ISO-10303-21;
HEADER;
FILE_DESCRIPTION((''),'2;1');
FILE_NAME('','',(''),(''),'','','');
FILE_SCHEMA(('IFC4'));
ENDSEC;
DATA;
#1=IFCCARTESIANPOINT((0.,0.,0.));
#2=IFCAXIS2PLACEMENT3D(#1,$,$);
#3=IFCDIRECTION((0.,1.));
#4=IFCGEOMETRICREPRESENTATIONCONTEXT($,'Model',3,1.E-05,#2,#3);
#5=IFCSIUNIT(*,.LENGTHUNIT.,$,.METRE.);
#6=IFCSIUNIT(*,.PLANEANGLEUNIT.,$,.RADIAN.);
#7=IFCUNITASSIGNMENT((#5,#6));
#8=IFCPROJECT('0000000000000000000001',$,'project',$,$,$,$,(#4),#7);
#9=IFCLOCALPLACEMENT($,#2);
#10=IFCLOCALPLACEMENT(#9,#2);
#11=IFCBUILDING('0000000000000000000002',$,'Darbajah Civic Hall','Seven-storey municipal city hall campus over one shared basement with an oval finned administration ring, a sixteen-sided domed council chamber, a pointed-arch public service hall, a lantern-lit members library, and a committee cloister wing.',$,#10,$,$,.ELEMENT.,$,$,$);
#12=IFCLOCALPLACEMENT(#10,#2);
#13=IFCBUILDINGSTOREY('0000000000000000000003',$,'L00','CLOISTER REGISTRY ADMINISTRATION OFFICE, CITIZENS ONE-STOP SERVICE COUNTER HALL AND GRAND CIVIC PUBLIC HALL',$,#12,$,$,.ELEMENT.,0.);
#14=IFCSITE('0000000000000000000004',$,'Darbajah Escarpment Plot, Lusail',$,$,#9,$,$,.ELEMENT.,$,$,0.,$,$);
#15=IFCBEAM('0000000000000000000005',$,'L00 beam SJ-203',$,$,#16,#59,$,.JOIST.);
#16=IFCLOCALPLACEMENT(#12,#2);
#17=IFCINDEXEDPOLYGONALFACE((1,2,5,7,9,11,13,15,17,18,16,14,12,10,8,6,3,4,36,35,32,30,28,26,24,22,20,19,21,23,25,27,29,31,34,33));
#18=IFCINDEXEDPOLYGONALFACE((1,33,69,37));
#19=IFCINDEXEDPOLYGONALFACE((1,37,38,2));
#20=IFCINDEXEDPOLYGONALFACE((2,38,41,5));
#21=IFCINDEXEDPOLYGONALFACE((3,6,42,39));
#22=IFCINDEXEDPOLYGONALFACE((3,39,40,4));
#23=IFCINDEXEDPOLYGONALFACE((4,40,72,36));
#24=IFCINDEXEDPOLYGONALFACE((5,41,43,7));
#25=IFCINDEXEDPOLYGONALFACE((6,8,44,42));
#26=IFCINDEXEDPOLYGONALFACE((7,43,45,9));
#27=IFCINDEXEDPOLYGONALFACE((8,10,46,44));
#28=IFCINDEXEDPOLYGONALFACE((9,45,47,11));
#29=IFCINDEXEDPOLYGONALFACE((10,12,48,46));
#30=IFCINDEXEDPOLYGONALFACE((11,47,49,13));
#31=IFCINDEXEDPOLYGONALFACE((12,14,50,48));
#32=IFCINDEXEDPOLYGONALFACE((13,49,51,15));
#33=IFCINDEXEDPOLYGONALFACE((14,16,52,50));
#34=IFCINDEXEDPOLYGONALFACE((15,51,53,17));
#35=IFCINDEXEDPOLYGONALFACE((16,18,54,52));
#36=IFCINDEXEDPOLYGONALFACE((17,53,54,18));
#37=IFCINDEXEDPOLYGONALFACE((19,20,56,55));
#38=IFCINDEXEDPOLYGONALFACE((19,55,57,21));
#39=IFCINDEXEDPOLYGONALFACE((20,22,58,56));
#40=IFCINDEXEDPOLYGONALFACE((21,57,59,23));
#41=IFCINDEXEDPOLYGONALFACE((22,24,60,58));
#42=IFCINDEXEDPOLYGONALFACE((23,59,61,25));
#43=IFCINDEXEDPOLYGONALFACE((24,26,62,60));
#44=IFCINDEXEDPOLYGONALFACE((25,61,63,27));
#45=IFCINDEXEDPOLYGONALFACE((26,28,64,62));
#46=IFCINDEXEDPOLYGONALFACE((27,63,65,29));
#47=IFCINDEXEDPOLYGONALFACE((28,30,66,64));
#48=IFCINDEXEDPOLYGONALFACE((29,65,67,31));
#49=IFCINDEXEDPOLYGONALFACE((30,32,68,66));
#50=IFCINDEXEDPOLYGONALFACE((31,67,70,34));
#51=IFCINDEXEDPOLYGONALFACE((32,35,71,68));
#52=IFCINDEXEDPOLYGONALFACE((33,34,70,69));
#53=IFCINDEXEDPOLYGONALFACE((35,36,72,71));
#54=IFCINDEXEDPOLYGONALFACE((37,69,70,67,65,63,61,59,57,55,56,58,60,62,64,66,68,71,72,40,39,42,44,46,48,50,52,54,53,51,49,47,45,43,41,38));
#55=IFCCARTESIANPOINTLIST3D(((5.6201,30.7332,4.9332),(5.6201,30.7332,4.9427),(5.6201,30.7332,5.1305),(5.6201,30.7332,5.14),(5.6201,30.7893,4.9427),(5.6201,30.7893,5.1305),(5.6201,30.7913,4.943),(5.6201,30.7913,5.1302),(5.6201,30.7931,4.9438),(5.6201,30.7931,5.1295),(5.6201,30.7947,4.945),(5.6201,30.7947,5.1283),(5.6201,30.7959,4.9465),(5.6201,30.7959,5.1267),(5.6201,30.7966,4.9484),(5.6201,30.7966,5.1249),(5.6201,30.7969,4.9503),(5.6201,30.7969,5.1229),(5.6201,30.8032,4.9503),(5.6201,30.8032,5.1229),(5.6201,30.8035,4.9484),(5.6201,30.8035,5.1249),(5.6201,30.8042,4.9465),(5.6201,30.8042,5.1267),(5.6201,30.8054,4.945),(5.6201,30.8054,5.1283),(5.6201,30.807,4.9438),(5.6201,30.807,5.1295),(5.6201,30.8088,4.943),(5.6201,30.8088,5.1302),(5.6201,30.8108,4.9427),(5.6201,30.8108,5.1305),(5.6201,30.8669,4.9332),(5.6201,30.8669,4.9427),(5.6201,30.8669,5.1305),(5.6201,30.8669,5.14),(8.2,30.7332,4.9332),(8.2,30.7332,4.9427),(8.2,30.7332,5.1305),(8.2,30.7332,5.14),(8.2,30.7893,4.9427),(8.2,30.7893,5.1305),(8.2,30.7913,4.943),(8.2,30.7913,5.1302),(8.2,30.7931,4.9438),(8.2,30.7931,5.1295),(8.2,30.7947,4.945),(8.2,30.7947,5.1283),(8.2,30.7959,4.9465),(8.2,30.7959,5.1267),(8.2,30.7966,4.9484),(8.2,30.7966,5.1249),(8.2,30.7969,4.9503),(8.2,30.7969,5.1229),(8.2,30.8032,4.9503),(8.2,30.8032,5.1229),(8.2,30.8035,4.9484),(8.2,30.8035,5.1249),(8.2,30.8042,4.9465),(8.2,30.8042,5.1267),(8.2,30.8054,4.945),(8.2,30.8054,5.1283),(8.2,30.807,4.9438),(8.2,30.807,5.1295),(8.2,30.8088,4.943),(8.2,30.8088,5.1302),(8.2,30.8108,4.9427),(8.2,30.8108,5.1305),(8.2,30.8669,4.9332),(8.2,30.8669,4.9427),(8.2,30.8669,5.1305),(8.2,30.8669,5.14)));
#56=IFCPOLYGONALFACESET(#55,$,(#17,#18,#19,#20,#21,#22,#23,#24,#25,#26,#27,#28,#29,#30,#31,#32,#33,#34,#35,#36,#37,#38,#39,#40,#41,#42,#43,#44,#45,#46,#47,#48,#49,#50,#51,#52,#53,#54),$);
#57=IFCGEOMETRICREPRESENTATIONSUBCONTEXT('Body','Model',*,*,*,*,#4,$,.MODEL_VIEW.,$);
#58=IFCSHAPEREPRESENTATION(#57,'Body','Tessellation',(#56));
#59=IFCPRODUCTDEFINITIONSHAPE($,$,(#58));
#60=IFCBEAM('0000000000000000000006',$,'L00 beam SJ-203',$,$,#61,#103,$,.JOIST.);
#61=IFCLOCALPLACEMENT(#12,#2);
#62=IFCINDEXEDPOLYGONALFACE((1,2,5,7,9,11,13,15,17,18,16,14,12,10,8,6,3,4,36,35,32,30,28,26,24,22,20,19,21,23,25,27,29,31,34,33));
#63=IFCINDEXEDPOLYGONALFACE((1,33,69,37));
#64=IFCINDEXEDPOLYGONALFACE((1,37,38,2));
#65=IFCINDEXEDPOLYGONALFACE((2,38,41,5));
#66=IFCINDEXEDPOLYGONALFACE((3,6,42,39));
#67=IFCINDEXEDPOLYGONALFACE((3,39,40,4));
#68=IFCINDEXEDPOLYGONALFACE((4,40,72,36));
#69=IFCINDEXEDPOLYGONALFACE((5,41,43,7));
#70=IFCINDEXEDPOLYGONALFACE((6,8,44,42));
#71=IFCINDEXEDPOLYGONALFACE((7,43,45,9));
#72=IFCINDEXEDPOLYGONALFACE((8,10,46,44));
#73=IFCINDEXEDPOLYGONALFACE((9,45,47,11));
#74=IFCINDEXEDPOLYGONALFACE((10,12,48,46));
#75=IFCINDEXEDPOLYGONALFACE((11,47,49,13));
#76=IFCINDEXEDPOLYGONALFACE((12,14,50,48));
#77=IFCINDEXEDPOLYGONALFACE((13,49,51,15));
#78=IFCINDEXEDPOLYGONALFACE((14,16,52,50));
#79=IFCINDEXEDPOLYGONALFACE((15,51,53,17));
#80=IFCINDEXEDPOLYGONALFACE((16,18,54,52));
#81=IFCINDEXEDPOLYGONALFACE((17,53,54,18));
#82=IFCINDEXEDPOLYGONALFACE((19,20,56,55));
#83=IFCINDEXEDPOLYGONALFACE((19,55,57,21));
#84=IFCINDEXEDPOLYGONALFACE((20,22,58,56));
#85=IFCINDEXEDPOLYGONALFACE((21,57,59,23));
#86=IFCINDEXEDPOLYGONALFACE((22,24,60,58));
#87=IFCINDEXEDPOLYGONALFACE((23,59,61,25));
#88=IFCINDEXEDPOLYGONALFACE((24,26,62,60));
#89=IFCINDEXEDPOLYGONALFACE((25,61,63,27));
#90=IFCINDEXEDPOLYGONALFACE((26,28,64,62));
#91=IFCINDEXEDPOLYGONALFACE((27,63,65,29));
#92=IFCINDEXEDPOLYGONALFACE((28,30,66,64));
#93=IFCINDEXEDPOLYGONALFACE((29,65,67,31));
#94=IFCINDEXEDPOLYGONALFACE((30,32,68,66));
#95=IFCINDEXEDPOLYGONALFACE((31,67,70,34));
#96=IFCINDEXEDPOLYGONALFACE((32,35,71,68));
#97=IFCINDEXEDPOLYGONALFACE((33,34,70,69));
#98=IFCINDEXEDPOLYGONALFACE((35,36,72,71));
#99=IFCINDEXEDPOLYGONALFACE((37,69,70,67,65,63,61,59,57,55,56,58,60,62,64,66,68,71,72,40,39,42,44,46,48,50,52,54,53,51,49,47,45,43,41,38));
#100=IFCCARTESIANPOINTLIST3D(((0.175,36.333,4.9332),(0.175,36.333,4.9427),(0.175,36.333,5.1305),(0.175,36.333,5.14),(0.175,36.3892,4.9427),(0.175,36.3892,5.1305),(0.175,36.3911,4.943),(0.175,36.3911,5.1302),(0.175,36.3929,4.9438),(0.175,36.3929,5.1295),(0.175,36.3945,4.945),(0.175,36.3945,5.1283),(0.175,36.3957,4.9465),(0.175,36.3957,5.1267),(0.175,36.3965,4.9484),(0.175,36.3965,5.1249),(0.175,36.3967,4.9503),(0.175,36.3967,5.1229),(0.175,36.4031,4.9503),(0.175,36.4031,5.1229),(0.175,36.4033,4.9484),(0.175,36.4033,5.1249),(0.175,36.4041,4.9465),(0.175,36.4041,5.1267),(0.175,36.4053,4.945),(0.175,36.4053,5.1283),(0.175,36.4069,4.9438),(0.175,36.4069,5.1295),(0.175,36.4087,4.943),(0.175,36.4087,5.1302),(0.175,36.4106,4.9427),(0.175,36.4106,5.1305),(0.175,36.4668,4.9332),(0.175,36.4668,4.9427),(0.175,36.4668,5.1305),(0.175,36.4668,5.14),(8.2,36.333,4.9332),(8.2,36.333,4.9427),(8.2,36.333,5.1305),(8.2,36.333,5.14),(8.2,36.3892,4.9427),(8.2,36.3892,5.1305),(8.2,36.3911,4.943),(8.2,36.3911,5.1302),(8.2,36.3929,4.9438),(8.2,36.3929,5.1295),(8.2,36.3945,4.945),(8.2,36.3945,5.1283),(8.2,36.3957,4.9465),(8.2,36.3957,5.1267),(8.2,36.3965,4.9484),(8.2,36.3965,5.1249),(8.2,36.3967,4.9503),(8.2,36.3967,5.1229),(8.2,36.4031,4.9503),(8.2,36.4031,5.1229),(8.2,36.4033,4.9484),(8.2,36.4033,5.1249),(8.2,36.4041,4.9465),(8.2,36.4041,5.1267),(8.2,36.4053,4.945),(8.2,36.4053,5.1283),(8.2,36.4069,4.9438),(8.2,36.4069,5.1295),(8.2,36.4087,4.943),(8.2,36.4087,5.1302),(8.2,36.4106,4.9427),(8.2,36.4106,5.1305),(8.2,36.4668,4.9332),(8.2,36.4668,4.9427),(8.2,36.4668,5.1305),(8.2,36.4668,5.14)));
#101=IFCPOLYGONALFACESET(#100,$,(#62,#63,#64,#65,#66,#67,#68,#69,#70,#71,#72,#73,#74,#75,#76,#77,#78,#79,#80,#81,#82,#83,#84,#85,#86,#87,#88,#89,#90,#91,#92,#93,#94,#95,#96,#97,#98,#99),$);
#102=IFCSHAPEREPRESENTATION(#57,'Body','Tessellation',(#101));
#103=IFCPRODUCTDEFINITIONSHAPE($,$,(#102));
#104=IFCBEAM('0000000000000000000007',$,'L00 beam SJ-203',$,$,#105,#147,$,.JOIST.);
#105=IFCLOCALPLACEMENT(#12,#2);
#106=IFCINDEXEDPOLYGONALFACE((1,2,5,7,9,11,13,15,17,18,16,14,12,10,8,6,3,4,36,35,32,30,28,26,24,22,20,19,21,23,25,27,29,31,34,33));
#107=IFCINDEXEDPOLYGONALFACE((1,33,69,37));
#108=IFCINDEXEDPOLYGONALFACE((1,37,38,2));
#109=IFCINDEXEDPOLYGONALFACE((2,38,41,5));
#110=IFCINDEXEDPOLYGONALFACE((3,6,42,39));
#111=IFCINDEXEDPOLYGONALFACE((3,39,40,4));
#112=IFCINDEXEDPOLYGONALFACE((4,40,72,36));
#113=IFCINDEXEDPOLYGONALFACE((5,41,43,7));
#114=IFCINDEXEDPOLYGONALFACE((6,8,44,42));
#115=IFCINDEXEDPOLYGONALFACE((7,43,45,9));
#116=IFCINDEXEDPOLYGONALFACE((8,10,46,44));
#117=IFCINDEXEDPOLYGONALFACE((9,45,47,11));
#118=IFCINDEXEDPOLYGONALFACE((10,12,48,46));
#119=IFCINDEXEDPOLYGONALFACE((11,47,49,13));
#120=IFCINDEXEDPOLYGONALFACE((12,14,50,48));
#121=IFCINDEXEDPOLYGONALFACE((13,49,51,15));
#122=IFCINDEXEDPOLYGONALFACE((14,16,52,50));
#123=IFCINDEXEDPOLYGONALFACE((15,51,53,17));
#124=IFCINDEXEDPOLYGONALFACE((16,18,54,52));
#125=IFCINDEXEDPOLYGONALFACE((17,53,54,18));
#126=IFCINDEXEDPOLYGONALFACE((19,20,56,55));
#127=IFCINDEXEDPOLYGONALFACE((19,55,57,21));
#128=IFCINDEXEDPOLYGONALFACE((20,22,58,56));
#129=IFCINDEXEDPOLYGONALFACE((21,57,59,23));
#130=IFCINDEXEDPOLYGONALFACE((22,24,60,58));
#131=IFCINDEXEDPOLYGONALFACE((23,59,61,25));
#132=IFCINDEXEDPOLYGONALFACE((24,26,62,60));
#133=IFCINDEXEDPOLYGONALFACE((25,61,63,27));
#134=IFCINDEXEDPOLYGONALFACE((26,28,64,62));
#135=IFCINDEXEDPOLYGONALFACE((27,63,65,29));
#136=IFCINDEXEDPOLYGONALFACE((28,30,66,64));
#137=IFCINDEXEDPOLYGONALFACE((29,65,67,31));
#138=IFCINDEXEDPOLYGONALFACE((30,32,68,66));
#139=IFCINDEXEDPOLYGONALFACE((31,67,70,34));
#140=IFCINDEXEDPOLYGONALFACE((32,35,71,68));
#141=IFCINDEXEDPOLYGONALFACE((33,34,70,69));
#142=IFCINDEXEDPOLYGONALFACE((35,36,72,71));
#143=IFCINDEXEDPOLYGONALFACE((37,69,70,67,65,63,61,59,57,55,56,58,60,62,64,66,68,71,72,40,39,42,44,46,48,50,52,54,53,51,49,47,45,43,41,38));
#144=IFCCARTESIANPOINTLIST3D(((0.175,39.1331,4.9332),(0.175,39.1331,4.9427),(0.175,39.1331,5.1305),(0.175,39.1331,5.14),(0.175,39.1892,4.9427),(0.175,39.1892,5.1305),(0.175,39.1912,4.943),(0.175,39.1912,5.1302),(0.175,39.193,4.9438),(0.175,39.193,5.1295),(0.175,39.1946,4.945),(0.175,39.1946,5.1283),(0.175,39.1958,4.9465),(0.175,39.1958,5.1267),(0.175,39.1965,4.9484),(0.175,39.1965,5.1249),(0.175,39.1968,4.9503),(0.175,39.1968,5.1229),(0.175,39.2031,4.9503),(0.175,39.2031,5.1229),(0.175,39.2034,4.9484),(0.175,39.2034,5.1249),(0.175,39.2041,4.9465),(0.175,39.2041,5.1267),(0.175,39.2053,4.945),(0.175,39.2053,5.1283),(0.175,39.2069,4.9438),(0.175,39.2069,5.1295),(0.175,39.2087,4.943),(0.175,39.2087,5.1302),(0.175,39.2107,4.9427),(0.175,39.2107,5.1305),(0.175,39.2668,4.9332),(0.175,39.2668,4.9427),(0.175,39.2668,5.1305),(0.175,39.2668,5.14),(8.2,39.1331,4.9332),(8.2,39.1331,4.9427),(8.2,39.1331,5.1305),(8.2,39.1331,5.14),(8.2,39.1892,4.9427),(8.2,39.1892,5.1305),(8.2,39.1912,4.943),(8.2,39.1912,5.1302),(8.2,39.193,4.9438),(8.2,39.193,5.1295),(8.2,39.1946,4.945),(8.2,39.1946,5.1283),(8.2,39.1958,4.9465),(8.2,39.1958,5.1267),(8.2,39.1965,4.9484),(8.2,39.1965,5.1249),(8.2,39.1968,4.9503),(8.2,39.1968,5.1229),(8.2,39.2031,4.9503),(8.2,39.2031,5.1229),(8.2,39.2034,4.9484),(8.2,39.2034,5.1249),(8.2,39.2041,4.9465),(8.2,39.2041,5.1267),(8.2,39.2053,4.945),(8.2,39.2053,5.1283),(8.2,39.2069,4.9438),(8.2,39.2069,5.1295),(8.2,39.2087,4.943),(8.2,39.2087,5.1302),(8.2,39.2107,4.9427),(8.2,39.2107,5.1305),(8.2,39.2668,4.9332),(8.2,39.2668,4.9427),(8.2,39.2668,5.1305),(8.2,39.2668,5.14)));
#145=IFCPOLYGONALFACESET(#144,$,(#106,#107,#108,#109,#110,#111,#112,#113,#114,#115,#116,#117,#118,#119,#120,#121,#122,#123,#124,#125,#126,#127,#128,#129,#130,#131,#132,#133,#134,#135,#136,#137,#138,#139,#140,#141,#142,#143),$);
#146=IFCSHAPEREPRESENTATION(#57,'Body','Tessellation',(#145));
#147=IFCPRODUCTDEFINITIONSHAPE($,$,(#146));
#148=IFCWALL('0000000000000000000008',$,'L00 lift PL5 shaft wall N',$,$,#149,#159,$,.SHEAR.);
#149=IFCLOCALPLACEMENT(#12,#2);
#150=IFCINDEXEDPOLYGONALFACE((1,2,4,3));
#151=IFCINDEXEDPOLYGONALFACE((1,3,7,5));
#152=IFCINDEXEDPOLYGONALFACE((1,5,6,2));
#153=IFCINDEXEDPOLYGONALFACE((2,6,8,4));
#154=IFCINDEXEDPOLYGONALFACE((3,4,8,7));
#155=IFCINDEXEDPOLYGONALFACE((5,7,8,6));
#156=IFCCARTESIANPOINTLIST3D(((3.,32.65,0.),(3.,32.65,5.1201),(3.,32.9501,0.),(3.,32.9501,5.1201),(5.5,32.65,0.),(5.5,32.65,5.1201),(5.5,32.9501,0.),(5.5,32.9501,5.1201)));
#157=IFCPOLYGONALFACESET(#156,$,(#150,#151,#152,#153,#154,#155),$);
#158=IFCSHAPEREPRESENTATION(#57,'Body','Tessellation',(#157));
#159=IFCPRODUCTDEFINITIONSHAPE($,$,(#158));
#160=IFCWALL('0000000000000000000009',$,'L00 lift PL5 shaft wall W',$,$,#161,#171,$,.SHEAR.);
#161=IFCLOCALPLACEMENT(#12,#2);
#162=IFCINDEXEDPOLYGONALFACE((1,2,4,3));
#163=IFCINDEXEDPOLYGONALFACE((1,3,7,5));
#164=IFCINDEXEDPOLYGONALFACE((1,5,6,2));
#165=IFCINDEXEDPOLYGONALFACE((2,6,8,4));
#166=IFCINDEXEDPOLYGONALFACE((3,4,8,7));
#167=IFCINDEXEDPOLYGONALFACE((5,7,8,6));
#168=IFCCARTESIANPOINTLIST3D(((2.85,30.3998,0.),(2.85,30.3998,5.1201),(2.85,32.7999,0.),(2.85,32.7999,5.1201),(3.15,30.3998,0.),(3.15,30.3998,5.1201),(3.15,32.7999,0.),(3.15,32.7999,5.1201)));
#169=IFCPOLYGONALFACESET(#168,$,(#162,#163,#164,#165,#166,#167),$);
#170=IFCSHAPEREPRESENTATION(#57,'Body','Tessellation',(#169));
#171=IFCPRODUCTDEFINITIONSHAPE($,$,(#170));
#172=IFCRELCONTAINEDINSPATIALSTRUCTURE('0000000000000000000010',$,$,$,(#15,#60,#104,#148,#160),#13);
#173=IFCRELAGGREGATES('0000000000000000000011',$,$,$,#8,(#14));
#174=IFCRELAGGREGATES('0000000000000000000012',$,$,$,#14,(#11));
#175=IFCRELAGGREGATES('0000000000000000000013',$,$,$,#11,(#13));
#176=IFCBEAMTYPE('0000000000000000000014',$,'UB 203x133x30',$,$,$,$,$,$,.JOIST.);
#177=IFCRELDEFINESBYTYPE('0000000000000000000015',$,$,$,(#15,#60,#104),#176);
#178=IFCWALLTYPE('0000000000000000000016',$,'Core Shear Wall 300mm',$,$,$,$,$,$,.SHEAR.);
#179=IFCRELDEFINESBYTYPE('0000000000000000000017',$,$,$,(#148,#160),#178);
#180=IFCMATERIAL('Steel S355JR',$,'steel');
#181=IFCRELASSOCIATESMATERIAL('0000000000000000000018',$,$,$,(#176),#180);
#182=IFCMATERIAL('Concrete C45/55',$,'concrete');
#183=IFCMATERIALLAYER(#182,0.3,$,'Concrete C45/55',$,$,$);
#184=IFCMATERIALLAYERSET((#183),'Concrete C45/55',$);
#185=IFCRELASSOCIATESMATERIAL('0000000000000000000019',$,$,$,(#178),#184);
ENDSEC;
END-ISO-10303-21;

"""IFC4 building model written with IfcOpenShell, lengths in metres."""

from ifc_helpers import new_model, si_unit, direction, frame, frame_2d, origin, origin_2d, place, context, subcontext, project, spatial, rectangle, i_section, extrude, material, layer, layer_set, material_profile, profile_set, type_object, element, save


model = new_model("IFC4")

# Units and contexts
model_context = context("Model", 3, precision=1e-05, world=origin(), true_north=direction((0.0, 1.0)))
body_context = subcontext(model_context, "Body", "Model", "MODEL_VIEW")
ifc_project = project(units=[si_unit("LENGTHUNIT", "METRE"), si_unit("PLANEANGLEUNIT", "RADIAN")], contexts=[model_context])

# Site, building, storey
site_placement = place(None, origin())
site = spatial("IfcSite", under=ifc_project, at=site_placement, Name="Darbajah Escarpment Plot, Lusail", CompositionType="ELEMENT", RefElevation=0.0)
building_placement = place(site_placement, origin())
building = spatial("IfcBuilding", under=site, at=building_placement, Name="Darbajah Civic Hall", Description="Seven-storey municipal city hall campus over one shared basement with an oval finned administration ring, a sixteen-sided domed council chamber, a pointed-arch public service hall, a lantern-lit members library, and a committee cloister wing.", CompositionType="ELEMENT")
storey_placement = place(building_placement, origin())
storey = spatial("IfcBuildingStorey", under=building, at=storey_placement, Name="L00", Description="CLOISTER REGISTRY ADMINISTRATION OFFICE, CITIZENS ONE-STOP SERVICE COUNTER HALL AND GRAND CIVIC PUBLIC HALL", CompositionType="ELEMENT", Elevation=0.0)

# Beams
ifc_material_1 = material(Name="Concrete C45/55", Category="concrete")
ifc_material_2 = material(Name="Steel S355JR", Category="steel")
ifc_material_profile_1 = material_profile(ifc_material_2, i_section(OverallWidth=0.1338, OverallDepth=0.2068, WebThickness=0.0063, FlangeThickness=0.0095, FilletRadius=0.0076, at=origin_2d()), Name="UB 203x133x30")
ifc_profile_set_1 = profile_set([ifc_material_profile_1], Name="Steel S355JR")
beam_type_1 = type_object("IfcBeamType", Name="UB 203x133x30", PredefinedType="JOIST", material=ifc_profile_set_1)
beam_1_placement = place(storey_placement, frame((5.6201, 30.8, 5.0366), z_axis=(1.0, 0.0, 0.0), x_axis=(0.0, 1.0, 0.0)))
element("IfcBeam", 1, at=beam_1_placement, inside=storey, type_object=beam_type_1, Name="L00 beam SJ-203", PredefinedType="JOIST", context=body_context, shape_type="SweptSolid", body=[
    extrude(i_section(OverallWidth=0.1338, OverallDepth=0.2068, WebThickness=0.0063, FlangeThickness=0.0095, FilletRadius=0.0076, at=origin_2d()), origin(), (0.0, 0.0, 1.0), 2.5798),
])
for number, where, z_axis, x_axis, name in (
    (2, (0.175, 36.3999, 5.0366), (1.0, 0.0, 0.0), (0.0, 1.0, 0.0), "L00 beam SJ-203"),
    (3, (0.175, 39.2, 5.0366), (1.0, 0.0, 0.0), (0.0, 1.0, 0.0), "L00 beam SJ-203"),
):
    element("IfcBeam", number, at=place(storey_placement, frame(where, z_axis=z_axis, x_axis=x_axis)), inside=storey, type_object=beam_type_1, Name=name, PredefinedType="JOIST", context=body_context, shape_type="SweptSolid", body=[
        extrude(i_section(OverallWidth=0.1338, OverallDepth=0.2068, WebThickness=0.0063, FlangeThickness=0.0095, FilletRadius=0.0076, at=origin_2d()), origin(), (0.0, 0.0, 1.0), 8.0249),
    ])

# Walls
ifc_layer_1 = layer(ifc_material_1, 0.3, Name="Concrete C45/55")
ifc_layer_set_1 = layer_set([ifc_layer_1], Name="Concrete C45/55")
wall_type_1 = type_object("IfcWallType", Name="Core Shear Wall 300mm", PredefinedType="SHEAR", material=ifc_layer_set_1)
wall_1_placement = place(storey_placement, frame((5.5, 32.8, 0.0), z_axis=(0.0, 0.0, 1.0), x_axis=(-1.0, 0.0, 0.0)))
element("IfcWall", 4, at=wall_1_placement, inside=storey, type_object=wall_type_1, Name="L00 lift PL5 shaft wall N", PredefinedType="SHEAR", context=body_context, shape_type="SweptSolid", body=[
    extrude(rectangle(XDim=2.5, YDim=0.3, at=frame_2d((1.25, 0.0))), origin(), (0.0, 0.0, 1.0), 5.1201),
])
wall_2_placement = place(storey_placement, frame((3.0, 32.8, 0.0), z_axis=(0.0, 0.0, 1.0), x_axis=(0.0, -1.0, 0.0)))
element("IfcWall", 5, at=wall_2_placement, inside=storey, type_object=wall_type_1, Name="L00 lift PL5 shaft wall W", PredefinedType="SHEAR", context=body_context, shape_type="SweptSolid", body=[
    extrude(rectangle(XDim=2.4001, YDim=0.3, at=frame_2d((1.2002, 0.0))), origin(), (0.0, 0.0, 1.0), 5.1201),
])

save(model, "model.ifc")
